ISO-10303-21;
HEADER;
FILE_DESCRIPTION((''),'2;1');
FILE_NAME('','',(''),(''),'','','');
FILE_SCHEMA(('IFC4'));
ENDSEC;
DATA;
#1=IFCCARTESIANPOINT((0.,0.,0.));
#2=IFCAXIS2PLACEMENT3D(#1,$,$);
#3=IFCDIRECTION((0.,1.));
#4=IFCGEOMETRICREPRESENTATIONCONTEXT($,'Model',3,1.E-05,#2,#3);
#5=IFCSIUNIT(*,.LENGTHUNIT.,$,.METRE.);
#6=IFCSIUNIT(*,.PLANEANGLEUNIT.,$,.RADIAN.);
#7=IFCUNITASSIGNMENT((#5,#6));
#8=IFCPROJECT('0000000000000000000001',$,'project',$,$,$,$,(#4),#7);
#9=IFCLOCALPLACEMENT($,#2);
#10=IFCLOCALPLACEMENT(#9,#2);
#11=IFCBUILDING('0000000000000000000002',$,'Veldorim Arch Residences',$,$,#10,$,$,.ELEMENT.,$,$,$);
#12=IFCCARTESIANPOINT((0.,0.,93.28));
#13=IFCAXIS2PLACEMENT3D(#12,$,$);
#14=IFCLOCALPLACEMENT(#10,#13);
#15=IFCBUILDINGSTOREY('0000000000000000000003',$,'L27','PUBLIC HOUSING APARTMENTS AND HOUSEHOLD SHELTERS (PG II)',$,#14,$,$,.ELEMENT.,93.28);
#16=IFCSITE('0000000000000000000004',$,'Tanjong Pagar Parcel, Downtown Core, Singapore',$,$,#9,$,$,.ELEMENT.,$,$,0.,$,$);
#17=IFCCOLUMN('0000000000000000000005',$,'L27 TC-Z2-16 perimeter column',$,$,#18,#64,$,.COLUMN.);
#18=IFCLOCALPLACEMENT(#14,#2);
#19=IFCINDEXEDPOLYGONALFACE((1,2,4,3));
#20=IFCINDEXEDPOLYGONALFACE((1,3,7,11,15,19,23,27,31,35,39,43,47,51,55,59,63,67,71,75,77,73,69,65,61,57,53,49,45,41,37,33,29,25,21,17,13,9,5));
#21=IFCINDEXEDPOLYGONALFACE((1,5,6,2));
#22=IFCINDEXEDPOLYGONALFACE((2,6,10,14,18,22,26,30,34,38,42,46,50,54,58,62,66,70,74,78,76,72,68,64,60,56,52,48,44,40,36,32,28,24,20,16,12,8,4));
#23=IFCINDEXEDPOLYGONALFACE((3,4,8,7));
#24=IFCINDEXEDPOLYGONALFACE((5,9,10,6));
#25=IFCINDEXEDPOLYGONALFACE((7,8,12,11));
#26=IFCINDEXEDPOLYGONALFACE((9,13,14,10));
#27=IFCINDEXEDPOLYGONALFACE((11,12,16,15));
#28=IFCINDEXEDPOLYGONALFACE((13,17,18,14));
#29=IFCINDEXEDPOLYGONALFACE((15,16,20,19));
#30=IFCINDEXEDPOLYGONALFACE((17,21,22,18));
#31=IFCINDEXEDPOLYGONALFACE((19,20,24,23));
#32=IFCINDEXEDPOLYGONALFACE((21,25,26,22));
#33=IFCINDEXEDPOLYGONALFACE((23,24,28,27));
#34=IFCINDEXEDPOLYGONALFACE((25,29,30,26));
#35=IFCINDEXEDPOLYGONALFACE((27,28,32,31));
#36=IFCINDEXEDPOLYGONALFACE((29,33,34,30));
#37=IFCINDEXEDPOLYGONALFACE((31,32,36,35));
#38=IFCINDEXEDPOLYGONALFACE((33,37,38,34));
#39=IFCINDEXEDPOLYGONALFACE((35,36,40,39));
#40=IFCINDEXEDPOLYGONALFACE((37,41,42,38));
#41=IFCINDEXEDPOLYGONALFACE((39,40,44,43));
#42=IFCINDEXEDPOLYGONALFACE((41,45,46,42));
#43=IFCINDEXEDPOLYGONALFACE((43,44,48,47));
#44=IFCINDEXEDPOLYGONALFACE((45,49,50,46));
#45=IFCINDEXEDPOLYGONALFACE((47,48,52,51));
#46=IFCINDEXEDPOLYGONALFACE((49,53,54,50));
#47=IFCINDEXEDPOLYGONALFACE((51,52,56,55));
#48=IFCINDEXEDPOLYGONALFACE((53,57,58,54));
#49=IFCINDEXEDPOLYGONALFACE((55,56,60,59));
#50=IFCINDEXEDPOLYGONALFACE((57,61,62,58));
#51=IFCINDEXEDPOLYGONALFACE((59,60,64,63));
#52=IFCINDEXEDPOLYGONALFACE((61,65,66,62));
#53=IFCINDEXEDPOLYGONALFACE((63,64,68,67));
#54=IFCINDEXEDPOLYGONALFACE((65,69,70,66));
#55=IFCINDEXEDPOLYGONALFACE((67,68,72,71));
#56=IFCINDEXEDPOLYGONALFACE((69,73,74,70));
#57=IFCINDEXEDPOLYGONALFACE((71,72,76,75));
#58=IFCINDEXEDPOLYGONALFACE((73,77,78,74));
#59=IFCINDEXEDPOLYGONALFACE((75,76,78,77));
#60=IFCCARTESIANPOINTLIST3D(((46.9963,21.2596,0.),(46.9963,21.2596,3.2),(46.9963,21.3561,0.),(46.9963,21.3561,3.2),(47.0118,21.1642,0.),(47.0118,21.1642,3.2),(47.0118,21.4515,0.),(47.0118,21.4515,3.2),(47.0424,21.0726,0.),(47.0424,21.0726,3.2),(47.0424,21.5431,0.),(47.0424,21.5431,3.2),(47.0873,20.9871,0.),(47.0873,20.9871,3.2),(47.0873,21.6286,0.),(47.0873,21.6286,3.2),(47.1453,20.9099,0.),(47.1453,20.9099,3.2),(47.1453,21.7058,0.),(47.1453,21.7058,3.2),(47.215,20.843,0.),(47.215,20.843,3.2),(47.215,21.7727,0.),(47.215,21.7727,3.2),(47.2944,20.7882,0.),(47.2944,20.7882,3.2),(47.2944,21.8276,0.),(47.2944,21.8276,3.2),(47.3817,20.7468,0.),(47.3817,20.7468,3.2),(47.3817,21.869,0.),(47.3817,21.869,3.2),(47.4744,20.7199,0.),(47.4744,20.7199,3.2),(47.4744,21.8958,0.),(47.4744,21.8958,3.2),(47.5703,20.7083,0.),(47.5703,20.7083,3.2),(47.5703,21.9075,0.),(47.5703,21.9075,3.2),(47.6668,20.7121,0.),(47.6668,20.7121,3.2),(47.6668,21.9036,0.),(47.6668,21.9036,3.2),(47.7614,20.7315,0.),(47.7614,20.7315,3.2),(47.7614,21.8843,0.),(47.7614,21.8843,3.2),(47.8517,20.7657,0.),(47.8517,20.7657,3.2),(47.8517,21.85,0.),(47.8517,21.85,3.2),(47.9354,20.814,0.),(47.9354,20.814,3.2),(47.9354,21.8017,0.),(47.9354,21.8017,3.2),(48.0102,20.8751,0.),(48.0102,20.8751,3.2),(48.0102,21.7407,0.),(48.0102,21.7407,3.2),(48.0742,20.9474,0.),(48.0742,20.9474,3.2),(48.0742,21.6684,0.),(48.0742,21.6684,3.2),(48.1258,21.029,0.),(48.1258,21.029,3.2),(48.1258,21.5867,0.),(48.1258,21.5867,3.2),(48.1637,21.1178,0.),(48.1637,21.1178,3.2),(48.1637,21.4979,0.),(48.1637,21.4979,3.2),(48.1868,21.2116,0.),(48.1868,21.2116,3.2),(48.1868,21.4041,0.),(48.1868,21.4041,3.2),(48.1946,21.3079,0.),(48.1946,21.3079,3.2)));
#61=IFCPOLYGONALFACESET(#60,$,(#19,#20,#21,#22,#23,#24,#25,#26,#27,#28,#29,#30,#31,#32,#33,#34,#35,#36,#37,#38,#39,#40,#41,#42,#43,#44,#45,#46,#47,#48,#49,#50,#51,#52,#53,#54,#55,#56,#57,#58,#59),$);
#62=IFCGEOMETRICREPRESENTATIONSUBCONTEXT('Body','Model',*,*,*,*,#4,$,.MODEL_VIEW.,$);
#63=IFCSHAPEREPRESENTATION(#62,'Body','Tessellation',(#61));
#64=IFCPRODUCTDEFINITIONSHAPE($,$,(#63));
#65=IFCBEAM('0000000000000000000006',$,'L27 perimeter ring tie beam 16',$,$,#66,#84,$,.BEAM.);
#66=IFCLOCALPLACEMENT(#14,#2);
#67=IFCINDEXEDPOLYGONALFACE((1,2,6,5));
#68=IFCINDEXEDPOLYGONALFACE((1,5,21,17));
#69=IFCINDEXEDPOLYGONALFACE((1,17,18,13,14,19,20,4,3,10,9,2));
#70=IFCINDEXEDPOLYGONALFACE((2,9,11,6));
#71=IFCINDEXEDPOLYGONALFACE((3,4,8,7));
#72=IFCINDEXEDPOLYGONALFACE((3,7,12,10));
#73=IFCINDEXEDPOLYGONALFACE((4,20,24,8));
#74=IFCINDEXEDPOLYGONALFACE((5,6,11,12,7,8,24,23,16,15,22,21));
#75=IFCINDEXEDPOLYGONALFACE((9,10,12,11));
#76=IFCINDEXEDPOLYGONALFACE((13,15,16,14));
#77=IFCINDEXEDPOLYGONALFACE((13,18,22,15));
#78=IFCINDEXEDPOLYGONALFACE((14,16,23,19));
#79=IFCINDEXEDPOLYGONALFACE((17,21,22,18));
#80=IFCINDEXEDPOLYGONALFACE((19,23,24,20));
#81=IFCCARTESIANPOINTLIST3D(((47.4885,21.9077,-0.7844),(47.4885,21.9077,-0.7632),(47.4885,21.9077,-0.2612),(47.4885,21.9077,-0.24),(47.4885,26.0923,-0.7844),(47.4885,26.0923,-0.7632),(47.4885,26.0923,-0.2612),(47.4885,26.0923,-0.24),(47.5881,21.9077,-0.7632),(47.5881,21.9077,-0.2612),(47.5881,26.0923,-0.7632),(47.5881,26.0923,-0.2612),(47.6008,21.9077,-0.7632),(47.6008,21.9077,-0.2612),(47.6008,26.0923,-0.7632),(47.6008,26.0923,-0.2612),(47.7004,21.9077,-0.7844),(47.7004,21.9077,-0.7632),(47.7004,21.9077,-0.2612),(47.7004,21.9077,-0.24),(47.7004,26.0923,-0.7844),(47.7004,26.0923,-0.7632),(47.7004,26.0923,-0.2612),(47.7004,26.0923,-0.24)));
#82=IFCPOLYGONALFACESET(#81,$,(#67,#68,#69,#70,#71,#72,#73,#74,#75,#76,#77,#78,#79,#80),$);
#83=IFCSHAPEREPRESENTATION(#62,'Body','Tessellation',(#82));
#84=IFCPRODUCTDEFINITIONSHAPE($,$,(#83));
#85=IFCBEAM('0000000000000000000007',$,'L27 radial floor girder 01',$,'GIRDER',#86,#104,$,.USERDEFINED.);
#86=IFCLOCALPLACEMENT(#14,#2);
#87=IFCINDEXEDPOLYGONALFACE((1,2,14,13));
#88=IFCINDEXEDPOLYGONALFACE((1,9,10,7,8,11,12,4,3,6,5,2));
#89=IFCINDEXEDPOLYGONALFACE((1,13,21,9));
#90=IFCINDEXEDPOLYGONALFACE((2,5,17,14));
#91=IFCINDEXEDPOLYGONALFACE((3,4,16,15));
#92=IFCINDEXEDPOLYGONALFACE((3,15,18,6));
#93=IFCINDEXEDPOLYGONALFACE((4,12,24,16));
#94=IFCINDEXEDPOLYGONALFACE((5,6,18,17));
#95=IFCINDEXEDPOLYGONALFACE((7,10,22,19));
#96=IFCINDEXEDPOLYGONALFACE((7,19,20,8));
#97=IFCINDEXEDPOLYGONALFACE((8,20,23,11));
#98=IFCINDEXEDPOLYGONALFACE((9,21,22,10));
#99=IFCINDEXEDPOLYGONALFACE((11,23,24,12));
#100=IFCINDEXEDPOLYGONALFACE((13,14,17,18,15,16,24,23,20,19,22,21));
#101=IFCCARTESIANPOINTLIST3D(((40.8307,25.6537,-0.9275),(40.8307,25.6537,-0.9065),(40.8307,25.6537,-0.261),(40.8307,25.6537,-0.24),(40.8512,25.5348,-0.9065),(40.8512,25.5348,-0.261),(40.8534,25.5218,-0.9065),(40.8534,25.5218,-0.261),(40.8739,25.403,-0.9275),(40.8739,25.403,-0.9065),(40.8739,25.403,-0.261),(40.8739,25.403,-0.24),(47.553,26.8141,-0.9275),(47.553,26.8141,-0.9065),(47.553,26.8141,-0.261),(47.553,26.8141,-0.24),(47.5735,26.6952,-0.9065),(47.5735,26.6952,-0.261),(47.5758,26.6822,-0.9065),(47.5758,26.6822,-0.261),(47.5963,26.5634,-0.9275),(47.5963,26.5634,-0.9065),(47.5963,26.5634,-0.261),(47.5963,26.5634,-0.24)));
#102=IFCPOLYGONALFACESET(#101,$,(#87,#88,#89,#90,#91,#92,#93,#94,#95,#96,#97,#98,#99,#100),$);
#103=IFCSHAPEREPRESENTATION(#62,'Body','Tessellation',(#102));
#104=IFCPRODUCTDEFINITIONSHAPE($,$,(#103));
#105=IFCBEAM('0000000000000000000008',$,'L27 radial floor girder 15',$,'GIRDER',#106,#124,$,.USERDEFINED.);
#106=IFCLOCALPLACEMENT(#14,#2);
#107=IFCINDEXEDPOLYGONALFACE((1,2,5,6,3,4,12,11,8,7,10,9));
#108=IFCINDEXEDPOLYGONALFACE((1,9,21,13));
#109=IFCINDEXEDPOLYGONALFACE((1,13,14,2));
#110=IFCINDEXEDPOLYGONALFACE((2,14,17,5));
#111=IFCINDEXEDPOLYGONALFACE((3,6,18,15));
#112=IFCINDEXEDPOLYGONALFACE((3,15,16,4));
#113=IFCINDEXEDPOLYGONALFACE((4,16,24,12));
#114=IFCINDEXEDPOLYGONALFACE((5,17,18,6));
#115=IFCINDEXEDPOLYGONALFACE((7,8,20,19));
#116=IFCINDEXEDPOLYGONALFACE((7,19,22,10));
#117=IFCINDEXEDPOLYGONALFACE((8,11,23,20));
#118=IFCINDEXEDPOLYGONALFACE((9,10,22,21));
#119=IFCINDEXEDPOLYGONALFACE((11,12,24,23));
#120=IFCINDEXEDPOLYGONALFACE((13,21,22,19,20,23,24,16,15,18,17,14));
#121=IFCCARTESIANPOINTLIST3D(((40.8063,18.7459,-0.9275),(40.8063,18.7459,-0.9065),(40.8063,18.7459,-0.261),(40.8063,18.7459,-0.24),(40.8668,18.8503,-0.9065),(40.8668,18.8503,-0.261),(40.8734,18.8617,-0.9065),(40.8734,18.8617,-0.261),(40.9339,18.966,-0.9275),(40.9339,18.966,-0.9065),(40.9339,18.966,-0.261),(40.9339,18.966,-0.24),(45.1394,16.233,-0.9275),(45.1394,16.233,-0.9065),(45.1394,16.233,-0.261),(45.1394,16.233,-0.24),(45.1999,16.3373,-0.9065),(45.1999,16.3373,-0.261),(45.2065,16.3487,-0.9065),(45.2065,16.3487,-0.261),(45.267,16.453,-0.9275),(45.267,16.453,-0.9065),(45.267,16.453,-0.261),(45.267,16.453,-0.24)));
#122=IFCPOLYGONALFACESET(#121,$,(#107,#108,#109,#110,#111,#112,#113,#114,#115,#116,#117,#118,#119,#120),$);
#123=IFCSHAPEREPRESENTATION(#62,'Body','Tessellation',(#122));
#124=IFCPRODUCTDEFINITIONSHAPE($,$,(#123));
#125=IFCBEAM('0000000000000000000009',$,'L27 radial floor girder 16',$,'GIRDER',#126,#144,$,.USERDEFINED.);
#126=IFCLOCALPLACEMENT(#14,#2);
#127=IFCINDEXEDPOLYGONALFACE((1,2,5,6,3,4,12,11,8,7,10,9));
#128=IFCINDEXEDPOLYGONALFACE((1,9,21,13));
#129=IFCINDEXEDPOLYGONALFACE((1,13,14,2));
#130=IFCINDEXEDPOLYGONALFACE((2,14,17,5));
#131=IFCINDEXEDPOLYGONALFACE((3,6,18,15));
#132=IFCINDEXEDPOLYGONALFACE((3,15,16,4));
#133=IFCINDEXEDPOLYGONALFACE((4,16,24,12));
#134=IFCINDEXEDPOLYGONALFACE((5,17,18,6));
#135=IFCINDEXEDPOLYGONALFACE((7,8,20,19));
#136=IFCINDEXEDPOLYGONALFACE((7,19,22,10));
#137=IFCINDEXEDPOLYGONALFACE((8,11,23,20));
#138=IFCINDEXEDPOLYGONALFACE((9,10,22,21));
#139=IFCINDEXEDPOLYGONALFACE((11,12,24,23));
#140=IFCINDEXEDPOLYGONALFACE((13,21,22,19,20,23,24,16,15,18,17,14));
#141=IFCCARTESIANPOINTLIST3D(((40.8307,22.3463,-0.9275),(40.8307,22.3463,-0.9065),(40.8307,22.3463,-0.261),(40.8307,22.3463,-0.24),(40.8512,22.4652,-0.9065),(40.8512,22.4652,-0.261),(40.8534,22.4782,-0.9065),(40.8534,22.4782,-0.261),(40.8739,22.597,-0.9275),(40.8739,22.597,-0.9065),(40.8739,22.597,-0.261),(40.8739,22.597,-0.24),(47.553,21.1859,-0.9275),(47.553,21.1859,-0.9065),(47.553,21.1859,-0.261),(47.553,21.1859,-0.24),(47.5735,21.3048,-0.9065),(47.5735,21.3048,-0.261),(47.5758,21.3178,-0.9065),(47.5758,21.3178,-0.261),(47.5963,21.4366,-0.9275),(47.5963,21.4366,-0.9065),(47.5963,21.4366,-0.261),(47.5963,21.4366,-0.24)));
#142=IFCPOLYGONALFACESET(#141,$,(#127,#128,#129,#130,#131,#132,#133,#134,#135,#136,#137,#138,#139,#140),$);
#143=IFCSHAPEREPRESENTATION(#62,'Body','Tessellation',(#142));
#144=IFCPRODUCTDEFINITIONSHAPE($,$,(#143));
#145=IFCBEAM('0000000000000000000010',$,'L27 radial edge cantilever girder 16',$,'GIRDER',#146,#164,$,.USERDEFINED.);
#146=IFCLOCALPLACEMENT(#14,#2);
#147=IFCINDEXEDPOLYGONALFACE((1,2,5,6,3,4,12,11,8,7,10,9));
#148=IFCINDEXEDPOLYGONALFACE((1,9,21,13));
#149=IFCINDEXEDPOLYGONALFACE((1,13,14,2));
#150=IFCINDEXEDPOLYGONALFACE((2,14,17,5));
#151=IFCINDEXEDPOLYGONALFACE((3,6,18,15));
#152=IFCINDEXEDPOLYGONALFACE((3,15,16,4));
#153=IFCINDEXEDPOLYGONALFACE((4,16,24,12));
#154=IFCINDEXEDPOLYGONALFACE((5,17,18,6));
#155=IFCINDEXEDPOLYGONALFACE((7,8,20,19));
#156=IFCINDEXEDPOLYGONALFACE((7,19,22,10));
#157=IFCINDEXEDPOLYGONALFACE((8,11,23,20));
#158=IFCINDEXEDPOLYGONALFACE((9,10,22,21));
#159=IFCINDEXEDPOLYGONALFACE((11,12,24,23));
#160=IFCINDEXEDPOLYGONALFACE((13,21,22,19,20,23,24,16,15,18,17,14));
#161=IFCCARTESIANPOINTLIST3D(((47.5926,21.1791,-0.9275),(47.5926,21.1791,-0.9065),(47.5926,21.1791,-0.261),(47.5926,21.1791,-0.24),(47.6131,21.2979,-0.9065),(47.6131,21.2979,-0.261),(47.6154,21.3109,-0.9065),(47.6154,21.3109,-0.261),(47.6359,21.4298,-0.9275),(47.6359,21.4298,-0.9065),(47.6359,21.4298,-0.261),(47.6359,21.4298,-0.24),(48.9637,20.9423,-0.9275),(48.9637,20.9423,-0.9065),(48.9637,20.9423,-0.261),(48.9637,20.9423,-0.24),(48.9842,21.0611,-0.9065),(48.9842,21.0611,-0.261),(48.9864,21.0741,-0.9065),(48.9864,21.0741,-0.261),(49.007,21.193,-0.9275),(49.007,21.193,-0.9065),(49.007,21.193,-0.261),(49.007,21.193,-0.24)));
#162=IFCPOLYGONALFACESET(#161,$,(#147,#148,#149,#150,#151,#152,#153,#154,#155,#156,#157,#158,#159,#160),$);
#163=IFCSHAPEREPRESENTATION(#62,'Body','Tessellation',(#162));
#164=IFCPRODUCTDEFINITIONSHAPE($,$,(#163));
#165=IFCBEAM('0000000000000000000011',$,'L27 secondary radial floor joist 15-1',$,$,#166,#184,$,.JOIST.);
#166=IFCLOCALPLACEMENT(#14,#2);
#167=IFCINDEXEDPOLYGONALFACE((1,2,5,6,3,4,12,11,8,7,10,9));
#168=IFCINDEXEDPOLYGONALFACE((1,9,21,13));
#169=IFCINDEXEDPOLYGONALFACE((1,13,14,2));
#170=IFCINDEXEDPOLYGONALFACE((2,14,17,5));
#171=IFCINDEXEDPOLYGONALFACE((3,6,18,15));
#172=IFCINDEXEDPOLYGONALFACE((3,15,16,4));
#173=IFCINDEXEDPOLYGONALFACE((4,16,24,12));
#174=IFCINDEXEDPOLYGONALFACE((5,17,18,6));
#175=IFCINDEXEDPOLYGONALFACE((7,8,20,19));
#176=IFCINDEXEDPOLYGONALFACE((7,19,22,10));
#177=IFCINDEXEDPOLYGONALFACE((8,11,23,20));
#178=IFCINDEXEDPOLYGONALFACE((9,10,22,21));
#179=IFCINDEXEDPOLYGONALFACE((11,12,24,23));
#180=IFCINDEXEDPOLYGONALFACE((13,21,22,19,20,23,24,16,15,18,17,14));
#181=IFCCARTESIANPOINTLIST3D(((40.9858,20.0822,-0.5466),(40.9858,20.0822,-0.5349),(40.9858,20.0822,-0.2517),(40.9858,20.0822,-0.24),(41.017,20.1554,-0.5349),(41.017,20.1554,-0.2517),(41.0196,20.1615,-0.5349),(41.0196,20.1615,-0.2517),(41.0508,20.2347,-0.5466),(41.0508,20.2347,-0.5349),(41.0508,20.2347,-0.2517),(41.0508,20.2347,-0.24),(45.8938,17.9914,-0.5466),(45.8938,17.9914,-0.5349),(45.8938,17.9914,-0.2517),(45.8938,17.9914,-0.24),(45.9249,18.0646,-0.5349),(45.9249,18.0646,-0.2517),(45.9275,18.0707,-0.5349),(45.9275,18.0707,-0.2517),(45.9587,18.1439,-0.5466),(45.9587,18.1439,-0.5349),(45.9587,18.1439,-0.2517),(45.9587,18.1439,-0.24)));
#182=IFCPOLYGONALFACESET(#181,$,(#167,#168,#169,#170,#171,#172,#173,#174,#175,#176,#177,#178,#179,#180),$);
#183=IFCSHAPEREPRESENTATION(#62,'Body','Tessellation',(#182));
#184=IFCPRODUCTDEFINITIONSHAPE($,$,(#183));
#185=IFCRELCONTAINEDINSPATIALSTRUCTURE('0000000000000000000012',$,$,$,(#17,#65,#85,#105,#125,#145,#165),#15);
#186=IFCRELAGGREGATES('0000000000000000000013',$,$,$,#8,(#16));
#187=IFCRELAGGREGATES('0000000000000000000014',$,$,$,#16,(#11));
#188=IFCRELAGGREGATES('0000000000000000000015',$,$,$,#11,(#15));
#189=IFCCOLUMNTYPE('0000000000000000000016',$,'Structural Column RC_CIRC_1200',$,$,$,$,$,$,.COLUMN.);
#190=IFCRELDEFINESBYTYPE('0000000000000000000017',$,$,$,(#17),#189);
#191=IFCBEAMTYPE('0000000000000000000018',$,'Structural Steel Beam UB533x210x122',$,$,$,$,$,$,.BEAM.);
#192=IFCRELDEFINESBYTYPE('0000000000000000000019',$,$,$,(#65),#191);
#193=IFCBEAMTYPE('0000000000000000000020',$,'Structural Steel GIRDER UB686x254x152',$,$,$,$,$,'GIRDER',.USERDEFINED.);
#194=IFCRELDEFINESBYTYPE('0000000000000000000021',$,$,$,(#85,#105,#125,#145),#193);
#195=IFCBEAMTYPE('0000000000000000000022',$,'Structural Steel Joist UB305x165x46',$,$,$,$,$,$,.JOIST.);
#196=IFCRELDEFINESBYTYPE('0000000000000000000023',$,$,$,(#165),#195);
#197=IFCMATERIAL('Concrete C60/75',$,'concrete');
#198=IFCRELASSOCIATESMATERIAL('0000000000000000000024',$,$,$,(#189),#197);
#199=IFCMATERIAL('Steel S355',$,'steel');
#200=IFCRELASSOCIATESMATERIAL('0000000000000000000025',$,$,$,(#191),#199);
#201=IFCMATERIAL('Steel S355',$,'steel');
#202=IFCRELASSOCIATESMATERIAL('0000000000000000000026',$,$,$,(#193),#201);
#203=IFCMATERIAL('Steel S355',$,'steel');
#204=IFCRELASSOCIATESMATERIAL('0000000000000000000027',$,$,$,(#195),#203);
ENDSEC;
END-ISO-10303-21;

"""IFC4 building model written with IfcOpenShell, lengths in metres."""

from ifc_helpers import new_model, si_unit, direction, frame, origin, origin_2d, place, context, subcontext, project, spatial, circle, i_section, extrude, material, material_profile, profile_set, type_object, element, save


model = new_model("IFC4")

# Units and contexts
model_context = context("Model", 3, precision=1e-05, world=origin(), true_north=direction((0.0, 1.0)))
body_context = subcontext(model_context, "Body", "Model", "MODEL_VIEW")
ifc_project = project(units=[si_unit("LENGTHUNIT", "METRE"), si_unit("PLANEANGLEUNIT", "RADIAN")], contexts=[model_context])

# Site, building, storey
site_placement = place(None, origin())
site = spatial("IfcSite", under=ifc_project, at=site_placement, Name="Tanjong Pagar Parcel, Downtown Core, Singapore", CompositionType="ELEMENT", RefElevation=0.0)
building_placement = place(site_placement, origin())
building = spatial("IfcBuilding", under=site, at=building_placement, Name="Veldorim Arch Residences", CompositionType="ELEMENT")
storey_placement = place(building_placement, frame((0.0, 0.0, 93.28)))
storey = spatial("IfcBuildingStorey", under=building, at=storey_placement, Name="L27", Description="PUBLIC HOUSING APARTMENTS AND HOUSEHOLD SHELTERS (PG II)", CompositionType="ELEMENT", Elevation=93.28)

# Column
ifc_material_1 = material(Name="Concrete C60/75", Category="concrete")
ifc_material_profile_1 = material_profile(ifc_material_1, circle(Radius=0.6001, at=origin_2d()), Name="RC_CIRC_1200")
ifc_profile_set_1 = profile_set([ifc_material_profile_1], Name="Concrete C60/75")
column_type = type_object("IfcColumnType", Name="Structural Column RC_CIRC_1200", PredefinedType="COLUMN", material=ifc_profile_set_1)
column_placement = place(storey_placement, frame((47.5945, 21.3079, 0.0), z_axis=(0.0, 0.0, 1.0), x_axis=(1.0, 0.0, 0.0)))
element("IfcColumn", 1, at=column_placement, inside=storey, type_object=column_type, Name="L27 TC-Z2-16 perimeter column", PredefinedType="COLUMN", context=body_context, shape_type="SweptSolid", body=[
    extrude(circle(Radius=0.6001, at=origin_2d()), origin(), (0.0, 0.0, 1.0), 3.2),
])

# Beams
ifc_material_2 = material(Name="Steel S355", Category="steel")
ifc_material_profile_2 = material_profile(ifc_material_2, i_section(OverallWidth=0.2119, OverallDepth=0.5444, WebThickness=0.0127, FlangeThickness=0.0212, at=origin_2d()), Name="UB533x210x122")
ifc_profile_set_2 = profile_set([ifc_material_profile_2], Name="Steel S355")
beam_type_1 = type_object("IfcBeamType", Name="Structural Steel Beam UB533x210x122", PredefinedType="BEAM", material=ifc_profile_set_2)
beam_1_placement = place(storey_placement, frame((47.5945, 21.9077, -0.5122), z_axis=(0.0, 1.0, 0.0), x_axis=(-1.0, 0.0, 0.0)))
element("IfcBeam", 2, at=beam_1_placement, inside=storey, type_object=beam_type_1, Name="L27 perimeter ring tie beam 16", PredefinedType="BEAM", context=body_context, shape_type="SweptSolid", body=[
    extrude(i_section(OverallWidth=0.2119, OverallDepth=0.5444, WebThickness=0.0127, FlangeThickness=0.0212, at=origin_2d()), origin(), (0.0, 0.0, 1.0), 4.1846),
])
ifc_material_3 = material(Name="Steel S355", Category="steel")
ifc_material_profile_3 = material_profile(ifc_material_3, i_section(OverallWidth=0.2544, OverallDepth=0.6875, WebThickness=0.0132, FlangeThickness=0.021, at=origin_2d()), Name="UB686x254x152")
ifc_profile_set_3 = profile_set([ifc_material_profile_3], Name="Steel S355")
beam_type_2 = type_object("IfcBeamType", Name="Structural Steel GIRDER UB686x254x152", ElementType="GIRDER", PredefinedType="USERDEFINED", material=ifc_profile_set_3)
beam_2_placement = place(storey_placement, frame((40.8523, 25.5283, -0.5837), z_axis=(0.985427, 0.170101, 0.0), x_axis=(-0.170101, 0.985427, 0.0)))
element("IfcBeam", 3, at=beam_2_placement, inside=storey, type_object=beam_type_2, Name="L27 radial floor girder 01", ObjectType="GIRDER", PredefinedType="USERDEFINED", context=body_context, shape_type="SweptSolid", body=[
    extrude(i_section(OverallWidth=0.2544, OverallDepth=0.6875, WebThickness=0.0132, FlangeThickness=0.021, at=origin_2d()), origin(), (0.0, 0.0, 1.0), 6.8218),
])
beam_3_placement = place(storey_placement, frame((40.8701, 18.856, -0.5837), z_axis=(0.865049, -0.501687, 0.0), x_axis=(0.501687, 0.865049, 0.0)))
element("IfcBeam", 4, at=beam_3_placement, inside=storey, type_object=beam_type_2, Name="L27 radial floor girder 15", ObjectType="GIRDER", PredefinedType="USERDEFINED", context=body_context, shape_type="SweptSolid", body=[
    extrude(i_section(OverallWidth=0.2544, OverallDepth=0.6875, WebThickness=0.0132, FlangeThickness=0.021, at=origin_2d()), origin(), (0.0, 0.0, 1.0), 5.009),
])
beam_4_placement = place(storey_placement, frame((40.8523, 22.4717, -0.5837), z_axis=(0.985427, -0.170101, 0.0), x_axis=(0.170101, 0.985427, 0.0)))
element("IfcBeam", 5, at=beam_4_placement, inside=storey, type_object=beam_type_2, Name="L27 radial floor girder 16", ObjectType="GIRDER", PredefinedType="USERDEFINED", context=body_context, shape_type="SweptSolid", body=[
    extrude(i_section(OverallWidth=0.2544, OverallDepth=0.6875, WebThickness=0.0132, FlangeThickness=0.021, at=origin_2d()), origin(), (0.0, 0.0, 1.0), 6.8218),
])
beam_5_placement = place(storey_placement, frame((47.6143, 21.3044, -0.5837), z_axis=(0.985409, -0.170201, 0.0), x_axis=(0.170201, 0.985409, 0.0)))
element("IfcBeam", 6, at=beam_5_placement, inside=storey, type_object=beam_type_2, Name="L27 radial edge cantilever girder 16", ObjectType="GIRDER", PredefinedType="USERDEFINED", context=body_context, shape_type="SweptSolid", body=[
    extrude(i_section(OverallWidth=0.2544, OverallDepth=0.6875, WebThickness=0.0132, FlangeThickness=0.021, at=origin_2d()), origin(), (0.0, 0.0, 1.0), 1.3914),
])
ifc_material_4 = material(Name="Steel S355", Category="steel")
ifc_material_profile_4 = material_profile(ifc_material_4, i_section(OverallWidth=0.1658, OverallDepth=0.3066, WebThickness=0.0066, FlangeThickness=0.0117, at=origin_2d()), Name="UB305x165x46")
ifc_profile_set_4 = profile_set([ifc_material_profile_4], Name="Steel S355")
beam_type_3 = type_object("IfcBeamType", Name="Structural Steel Joist UB305x165x46", PredefinedType="JOIST", material=ifc_profile_set_4)
beam_6_placement = place(storey_placement, frame((41.0183, 20.1584, -0.3933), z_axis=(0.919997, -0.391924, 0.0), x_axis=(0.391924, 0.919997, 0.0)))
element("IfcBeam", 7, at=beam_6_placement, inside=storey, type_object=beam_type_3, Name="L27 secondary radial floor joist 15-1", PredefinedType="JOIST", context=body_context, shape_type="SweptSolid", body=[
    extrude(i_section(OverallWidth=0.1658, OverallDepth=0.3066, WebThickness=0.0066, FlangeThickness=0.0117, at=origin_2d()), origin(), (0.0, 0.0, 1.0), 5.3347),
])

save(model, "model.ifc")
